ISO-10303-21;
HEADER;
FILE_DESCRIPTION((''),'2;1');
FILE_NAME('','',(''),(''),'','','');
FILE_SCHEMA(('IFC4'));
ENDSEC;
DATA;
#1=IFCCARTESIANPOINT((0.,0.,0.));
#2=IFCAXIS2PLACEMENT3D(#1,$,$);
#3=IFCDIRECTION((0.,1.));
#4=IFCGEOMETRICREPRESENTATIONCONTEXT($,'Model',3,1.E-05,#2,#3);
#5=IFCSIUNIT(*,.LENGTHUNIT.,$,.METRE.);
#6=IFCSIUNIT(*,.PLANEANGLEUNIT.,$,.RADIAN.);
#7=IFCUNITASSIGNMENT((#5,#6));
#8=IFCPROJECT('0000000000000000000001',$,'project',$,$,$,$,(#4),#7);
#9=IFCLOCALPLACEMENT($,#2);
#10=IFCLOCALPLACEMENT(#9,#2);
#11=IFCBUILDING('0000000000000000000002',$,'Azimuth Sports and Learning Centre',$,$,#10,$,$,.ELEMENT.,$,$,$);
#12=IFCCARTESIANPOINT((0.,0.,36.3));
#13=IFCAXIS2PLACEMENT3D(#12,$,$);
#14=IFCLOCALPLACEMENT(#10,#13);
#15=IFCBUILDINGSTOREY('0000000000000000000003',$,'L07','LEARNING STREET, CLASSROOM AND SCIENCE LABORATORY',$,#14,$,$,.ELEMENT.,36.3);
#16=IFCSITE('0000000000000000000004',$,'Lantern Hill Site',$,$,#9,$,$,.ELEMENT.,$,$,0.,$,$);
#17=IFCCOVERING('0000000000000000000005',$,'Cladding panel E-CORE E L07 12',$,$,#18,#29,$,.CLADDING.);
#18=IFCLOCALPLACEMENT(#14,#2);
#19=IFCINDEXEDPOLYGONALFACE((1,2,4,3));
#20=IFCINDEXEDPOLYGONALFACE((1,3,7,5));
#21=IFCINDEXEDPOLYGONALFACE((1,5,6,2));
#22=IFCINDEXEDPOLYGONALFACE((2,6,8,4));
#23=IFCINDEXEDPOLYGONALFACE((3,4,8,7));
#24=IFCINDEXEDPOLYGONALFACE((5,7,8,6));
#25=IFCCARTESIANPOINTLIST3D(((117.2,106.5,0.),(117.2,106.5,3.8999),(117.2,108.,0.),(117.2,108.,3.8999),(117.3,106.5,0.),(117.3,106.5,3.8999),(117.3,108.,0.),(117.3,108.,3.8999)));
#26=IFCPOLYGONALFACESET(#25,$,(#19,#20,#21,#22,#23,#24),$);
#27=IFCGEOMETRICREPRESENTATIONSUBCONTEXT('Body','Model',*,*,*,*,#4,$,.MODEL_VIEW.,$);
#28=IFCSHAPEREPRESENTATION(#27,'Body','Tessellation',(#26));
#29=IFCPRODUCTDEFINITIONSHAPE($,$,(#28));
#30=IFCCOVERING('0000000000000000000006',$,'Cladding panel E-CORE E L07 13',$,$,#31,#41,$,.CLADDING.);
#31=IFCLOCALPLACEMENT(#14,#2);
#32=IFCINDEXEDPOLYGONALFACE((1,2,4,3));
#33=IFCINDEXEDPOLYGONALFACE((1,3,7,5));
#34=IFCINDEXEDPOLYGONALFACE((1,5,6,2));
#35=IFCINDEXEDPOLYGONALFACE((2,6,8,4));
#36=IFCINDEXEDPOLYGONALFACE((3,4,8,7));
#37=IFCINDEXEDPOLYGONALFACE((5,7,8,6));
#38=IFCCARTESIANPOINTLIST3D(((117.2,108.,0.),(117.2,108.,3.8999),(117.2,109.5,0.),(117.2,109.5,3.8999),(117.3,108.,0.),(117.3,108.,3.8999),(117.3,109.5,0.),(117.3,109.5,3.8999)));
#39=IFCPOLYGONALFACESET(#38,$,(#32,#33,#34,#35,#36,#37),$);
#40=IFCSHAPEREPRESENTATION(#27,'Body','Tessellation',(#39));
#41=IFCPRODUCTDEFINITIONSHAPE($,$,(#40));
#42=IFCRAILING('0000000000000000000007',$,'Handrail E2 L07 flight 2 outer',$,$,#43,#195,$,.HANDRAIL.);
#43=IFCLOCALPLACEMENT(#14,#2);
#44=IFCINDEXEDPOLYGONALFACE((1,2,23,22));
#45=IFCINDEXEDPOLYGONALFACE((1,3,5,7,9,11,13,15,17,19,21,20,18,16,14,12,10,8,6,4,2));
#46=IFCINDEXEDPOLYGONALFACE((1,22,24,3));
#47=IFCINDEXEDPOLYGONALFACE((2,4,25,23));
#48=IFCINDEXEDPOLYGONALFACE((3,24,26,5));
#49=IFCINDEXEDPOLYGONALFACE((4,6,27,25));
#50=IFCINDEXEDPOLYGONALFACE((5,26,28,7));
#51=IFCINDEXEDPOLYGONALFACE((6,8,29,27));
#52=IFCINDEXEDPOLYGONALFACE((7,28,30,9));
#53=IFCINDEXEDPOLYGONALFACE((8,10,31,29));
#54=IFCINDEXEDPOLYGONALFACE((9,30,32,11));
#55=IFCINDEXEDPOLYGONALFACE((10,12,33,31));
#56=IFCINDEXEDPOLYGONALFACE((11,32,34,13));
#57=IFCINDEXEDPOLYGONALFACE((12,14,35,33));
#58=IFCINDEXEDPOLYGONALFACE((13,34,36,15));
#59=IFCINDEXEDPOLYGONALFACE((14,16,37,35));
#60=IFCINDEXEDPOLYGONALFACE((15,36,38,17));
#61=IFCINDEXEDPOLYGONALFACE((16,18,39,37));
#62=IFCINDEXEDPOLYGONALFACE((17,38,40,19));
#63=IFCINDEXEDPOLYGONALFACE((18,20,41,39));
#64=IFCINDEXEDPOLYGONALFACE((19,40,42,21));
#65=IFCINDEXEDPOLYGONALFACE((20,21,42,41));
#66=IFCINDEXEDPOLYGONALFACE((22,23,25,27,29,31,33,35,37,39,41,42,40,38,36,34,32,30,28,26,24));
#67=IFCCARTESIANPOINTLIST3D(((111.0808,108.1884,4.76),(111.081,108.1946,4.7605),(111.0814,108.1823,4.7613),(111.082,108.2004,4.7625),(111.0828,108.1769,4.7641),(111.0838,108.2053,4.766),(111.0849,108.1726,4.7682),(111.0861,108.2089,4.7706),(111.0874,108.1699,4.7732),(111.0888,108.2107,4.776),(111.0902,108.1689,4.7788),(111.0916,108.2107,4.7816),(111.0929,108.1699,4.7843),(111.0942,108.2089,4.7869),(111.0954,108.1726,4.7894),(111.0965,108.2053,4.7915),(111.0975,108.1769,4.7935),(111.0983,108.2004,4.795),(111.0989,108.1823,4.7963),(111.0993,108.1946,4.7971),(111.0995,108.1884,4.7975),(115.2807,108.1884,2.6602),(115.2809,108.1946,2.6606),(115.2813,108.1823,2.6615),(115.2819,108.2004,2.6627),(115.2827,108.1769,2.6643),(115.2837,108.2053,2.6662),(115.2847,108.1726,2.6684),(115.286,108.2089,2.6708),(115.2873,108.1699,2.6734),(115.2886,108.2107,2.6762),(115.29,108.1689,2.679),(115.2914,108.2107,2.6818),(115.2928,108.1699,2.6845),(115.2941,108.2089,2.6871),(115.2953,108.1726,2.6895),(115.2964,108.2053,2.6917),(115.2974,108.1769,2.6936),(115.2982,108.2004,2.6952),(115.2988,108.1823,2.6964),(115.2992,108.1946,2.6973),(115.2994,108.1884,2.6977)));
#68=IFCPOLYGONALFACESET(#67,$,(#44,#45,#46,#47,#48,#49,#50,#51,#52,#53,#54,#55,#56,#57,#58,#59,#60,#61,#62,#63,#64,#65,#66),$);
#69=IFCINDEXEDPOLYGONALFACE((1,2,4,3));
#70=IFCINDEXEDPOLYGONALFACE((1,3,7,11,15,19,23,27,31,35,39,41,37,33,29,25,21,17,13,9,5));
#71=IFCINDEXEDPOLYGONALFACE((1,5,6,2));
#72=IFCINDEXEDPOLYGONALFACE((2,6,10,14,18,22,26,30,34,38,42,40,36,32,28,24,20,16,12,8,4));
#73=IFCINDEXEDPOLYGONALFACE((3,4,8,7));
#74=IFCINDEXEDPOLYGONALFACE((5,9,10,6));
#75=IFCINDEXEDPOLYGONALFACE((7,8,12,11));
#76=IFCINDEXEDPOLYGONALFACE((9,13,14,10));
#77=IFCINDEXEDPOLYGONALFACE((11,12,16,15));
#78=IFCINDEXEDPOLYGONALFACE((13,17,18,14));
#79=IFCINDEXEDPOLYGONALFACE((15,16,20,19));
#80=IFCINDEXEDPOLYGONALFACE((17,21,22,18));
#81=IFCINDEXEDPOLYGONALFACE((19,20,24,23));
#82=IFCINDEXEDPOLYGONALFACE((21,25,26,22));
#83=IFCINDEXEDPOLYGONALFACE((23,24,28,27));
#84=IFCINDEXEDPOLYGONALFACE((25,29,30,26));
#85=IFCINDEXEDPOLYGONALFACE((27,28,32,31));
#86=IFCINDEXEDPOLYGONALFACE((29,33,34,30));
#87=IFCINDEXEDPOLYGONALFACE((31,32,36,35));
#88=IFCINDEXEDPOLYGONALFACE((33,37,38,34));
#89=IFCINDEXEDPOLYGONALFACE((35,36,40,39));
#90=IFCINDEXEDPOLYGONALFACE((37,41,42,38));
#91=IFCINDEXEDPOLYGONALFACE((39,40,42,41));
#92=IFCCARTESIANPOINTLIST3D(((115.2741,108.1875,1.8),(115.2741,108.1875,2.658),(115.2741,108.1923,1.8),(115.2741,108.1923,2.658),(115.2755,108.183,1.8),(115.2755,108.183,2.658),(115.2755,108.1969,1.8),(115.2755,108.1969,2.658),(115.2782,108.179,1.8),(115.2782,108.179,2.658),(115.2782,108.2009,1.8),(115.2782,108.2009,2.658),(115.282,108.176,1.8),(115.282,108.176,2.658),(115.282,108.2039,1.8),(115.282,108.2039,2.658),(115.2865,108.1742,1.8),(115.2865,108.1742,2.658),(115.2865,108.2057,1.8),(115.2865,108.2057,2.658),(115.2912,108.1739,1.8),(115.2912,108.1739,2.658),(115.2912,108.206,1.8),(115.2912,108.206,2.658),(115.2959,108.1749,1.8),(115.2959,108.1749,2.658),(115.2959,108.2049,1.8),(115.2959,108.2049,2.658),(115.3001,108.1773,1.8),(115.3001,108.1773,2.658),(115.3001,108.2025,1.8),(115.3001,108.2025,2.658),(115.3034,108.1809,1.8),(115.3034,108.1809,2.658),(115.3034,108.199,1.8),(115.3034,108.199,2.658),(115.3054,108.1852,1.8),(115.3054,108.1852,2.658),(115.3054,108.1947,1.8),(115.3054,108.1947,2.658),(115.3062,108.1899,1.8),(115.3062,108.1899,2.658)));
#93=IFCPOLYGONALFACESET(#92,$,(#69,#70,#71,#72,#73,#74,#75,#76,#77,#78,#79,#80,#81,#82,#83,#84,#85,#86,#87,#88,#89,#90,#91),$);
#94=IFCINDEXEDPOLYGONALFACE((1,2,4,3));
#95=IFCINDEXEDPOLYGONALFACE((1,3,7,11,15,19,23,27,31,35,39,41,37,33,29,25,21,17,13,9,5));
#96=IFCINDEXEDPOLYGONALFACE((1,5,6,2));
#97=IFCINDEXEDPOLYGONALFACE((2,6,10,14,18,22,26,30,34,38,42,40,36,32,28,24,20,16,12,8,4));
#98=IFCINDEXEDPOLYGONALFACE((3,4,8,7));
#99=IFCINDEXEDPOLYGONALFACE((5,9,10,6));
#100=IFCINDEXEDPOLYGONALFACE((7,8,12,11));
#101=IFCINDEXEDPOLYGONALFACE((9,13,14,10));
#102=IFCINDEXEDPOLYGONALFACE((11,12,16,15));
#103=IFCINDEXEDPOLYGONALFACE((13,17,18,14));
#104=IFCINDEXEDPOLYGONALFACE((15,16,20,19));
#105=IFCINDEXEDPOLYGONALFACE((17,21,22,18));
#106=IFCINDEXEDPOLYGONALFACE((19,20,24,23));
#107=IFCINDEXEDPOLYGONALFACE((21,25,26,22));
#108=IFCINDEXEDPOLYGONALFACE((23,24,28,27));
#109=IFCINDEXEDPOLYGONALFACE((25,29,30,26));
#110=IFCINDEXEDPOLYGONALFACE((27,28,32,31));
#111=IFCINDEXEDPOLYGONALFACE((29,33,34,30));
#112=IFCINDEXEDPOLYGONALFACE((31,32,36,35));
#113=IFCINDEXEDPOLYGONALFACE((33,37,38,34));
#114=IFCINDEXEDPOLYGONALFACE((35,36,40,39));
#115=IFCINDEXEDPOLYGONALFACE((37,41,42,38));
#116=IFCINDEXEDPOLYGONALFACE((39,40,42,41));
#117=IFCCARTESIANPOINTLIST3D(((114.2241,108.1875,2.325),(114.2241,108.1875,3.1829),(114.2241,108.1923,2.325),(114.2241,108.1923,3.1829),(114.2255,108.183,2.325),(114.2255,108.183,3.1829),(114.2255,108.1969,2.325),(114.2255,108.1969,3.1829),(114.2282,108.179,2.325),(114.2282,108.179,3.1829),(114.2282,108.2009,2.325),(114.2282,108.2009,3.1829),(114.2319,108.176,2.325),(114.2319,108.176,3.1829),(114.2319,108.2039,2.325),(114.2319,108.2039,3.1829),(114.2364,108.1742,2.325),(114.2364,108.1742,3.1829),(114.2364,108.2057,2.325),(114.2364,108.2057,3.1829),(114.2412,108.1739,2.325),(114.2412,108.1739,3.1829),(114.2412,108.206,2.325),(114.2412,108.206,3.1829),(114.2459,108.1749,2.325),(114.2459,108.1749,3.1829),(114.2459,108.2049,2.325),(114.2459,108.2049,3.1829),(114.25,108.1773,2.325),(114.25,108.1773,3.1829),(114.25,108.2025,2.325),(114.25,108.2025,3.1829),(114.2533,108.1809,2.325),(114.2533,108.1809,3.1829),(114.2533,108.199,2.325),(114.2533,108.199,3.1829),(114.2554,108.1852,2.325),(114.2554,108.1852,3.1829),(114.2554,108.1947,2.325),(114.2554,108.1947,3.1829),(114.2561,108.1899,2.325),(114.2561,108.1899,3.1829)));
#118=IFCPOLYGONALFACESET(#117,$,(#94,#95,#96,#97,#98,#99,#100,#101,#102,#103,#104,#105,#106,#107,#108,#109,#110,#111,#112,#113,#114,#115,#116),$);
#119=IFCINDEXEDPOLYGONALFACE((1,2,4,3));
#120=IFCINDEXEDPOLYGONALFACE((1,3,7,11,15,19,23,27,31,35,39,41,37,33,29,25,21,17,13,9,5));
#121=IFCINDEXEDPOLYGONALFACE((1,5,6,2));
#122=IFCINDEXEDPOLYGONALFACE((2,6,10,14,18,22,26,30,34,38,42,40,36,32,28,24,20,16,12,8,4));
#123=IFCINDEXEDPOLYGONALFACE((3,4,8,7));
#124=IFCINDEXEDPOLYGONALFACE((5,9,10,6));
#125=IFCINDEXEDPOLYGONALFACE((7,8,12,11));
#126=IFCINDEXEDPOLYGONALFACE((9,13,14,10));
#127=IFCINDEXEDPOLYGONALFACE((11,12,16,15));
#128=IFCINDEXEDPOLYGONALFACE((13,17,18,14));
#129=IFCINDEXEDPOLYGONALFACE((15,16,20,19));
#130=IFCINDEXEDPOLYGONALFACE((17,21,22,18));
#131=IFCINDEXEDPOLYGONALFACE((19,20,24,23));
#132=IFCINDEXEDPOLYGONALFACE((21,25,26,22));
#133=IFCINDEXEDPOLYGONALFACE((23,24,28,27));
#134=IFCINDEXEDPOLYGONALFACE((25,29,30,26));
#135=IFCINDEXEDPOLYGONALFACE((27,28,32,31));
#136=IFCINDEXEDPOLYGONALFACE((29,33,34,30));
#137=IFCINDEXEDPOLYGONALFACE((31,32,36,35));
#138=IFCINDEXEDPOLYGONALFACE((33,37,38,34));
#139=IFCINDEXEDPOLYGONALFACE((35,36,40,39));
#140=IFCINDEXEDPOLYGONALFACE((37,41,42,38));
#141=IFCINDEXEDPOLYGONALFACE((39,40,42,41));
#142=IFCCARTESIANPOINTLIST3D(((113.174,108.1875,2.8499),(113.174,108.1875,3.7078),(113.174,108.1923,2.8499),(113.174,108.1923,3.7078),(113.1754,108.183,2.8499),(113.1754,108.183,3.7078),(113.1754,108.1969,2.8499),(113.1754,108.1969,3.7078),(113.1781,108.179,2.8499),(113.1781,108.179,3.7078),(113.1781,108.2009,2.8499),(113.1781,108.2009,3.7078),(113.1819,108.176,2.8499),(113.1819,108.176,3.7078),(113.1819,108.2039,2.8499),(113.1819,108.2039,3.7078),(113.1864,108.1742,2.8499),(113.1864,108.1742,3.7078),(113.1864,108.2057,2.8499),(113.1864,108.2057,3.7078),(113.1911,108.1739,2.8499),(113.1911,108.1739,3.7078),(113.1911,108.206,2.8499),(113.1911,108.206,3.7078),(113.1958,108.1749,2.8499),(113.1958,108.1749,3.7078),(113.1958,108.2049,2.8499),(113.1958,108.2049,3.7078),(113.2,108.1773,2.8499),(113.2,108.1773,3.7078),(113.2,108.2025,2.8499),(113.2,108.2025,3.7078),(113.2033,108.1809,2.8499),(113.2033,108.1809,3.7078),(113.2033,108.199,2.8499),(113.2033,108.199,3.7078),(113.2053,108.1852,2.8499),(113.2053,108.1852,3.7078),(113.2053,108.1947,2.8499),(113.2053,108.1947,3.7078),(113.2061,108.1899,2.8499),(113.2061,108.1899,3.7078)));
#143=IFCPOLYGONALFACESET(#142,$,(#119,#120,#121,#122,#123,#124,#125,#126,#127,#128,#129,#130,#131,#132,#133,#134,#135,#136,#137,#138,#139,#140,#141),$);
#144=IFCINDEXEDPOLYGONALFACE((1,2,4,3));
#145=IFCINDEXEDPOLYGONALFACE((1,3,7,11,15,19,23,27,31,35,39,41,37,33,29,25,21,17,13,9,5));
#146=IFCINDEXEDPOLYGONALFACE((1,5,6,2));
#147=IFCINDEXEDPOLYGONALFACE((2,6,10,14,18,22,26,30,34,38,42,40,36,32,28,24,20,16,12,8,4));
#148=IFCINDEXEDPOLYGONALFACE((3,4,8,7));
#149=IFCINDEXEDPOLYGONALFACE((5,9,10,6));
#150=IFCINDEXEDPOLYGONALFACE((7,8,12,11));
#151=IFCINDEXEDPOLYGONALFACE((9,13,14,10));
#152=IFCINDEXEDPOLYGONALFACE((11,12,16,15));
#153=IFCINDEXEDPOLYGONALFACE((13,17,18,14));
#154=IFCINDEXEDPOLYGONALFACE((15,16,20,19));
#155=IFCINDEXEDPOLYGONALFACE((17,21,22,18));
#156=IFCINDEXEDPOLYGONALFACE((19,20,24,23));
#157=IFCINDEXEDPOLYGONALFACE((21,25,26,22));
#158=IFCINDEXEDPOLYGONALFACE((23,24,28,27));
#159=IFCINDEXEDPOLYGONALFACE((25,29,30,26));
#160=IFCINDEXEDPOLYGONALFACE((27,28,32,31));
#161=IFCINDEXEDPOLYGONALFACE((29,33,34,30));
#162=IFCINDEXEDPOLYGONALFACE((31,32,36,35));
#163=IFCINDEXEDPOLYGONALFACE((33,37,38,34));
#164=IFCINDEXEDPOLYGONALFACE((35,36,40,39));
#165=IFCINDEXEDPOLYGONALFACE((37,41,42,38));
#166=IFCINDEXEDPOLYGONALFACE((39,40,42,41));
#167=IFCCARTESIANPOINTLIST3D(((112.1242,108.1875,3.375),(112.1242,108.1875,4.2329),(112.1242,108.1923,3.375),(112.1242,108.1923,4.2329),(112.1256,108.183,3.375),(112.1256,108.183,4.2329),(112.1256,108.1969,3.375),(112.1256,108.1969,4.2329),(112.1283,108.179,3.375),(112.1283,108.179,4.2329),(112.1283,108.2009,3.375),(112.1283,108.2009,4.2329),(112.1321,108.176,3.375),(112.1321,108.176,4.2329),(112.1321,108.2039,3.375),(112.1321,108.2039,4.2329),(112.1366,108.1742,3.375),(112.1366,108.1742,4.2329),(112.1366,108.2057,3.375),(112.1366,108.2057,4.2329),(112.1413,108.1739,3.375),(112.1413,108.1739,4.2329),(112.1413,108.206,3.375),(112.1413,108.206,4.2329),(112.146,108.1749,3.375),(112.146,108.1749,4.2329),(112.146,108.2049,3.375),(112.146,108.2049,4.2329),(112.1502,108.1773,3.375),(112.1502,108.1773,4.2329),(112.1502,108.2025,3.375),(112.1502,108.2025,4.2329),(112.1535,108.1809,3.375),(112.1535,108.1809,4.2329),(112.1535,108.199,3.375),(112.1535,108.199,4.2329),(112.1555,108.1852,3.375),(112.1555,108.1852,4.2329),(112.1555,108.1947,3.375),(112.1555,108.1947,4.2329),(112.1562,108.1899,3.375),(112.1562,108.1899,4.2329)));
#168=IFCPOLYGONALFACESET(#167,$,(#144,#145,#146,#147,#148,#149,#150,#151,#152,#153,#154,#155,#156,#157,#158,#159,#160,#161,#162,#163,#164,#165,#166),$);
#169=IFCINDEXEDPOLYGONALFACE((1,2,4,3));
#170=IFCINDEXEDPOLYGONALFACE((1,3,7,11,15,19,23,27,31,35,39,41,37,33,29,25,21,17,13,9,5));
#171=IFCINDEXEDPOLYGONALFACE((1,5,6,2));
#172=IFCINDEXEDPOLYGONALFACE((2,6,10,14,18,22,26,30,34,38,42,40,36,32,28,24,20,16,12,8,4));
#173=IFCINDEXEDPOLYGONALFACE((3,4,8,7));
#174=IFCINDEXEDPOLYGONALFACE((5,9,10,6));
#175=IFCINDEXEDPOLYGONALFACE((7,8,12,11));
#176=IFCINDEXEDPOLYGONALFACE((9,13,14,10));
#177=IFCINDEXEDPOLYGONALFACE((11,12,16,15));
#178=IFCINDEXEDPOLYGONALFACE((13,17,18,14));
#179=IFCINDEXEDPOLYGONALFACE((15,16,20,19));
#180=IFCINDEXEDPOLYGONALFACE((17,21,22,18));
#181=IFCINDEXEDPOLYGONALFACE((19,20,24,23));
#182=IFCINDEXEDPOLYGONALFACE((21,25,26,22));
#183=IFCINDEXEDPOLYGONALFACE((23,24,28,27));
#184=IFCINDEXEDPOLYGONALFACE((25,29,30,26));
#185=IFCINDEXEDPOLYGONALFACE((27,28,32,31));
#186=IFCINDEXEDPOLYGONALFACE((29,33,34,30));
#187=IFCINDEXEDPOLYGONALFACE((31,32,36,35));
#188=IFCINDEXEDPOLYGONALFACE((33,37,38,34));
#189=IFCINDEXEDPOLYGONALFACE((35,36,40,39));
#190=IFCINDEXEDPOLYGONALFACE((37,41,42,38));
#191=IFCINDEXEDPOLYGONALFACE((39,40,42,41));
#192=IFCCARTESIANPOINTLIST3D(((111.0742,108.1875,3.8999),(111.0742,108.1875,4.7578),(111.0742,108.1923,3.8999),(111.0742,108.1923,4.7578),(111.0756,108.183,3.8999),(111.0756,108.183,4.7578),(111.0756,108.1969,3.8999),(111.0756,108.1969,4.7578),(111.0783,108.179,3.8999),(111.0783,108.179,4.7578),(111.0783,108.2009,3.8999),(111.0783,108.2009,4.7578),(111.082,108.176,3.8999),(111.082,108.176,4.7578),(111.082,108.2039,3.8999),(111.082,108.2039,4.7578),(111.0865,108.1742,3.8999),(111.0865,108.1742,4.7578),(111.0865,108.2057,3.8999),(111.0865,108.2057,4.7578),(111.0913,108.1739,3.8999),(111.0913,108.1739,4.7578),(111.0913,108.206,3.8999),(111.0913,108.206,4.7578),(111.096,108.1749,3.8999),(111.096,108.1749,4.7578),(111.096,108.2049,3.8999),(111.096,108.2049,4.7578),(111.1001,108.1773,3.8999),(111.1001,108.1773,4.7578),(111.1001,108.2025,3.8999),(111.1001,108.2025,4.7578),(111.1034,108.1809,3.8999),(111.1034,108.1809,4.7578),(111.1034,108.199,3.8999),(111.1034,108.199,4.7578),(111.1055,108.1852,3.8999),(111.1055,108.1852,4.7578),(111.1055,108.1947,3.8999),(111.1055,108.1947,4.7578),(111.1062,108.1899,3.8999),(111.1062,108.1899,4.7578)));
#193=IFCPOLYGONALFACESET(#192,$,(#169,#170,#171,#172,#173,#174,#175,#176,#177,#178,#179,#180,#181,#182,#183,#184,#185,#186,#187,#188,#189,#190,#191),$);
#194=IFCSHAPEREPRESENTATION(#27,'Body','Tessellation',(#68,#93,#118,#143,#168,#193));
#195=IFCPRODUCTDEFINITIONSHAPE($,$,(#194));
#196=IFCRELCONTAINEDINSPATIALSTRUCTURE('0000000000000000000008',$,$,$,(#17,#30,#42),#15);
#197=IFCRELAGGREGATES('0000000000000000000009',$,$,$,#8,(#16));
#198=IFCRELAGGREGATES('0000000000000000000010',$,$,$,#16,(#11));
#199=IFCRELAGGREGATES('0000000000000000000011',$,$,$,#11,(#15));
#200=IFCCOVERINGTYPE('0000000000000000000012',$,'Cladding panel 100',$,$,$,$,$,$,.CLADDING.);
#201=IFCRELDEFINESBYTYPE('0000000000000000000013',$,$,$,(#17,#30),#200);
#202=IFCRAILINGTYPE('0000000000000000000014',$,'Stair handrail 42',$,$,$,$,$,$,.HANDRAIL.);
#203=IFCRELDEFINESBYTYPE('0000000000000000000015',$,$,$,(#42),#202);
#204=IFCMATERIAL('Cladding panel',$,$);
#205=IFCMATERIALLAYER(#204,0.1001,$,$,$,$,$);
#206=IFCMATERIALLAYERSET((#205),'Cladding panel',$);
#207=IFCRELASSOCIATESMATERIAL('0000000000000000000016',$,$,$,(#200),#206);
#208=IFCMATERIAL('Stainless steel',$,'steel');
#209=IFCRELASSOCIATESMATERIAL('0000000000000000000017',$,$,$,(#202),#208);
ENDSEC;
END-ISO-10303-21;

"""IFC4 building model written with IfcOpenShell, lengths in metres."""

from ifc_helpers import new_model, si_unit, direction, frame, origin, origin_2d, place, context, subcontext, project, spatial, rectangle, circle, extrude, material, layer, layer_set, type_object, element, save


model = new_model("IFC4")

# Units and contexts
model_context = context("Model", 3, precision=1e-05, world=origin(), true_north=direction((0.0, 1.0)))
body_context = subcontext(model_context, "Body", "Model", "MODEL_VIEW")
ifc_project = project(units=[si_unit("LENGTHUNIT", "METRE"), si_unit("PLANEANGLEUNIT", "RADIAN")], contexts=[model_context])

# Site, building, storey
site_placement = place(None, origin())
site = spatial("IfcSite", under=ifc_project, at=site_placement, Name="Lantern Hill Site", CompositionType="ELEMENT", RefElevation=0.0)
building_placement = place(site_placement, origin())
building = spatial("IfcBuilding", under=site, at=building_placement, Name="Azimuth Sports and Learning Centre", CompositionType="ELEMENT")
storey_placement = place(building_placement, frame((0.0, 0.0, 36.3)))
storey = spatial("IfcBuildingStorey", under=building, at=storey_placement, Name="L07", Description="LEARNING STREET, CLASSROOM AND SCIENCE LABORATORY", CompositionType="ELEMENT", Elevation=36.3)

# Coverings
ifc_material_1 = material(Name="Cladding panel")
ifc_layer_1 = layer(ifc_material_1, 0.1001)
ifc_layer_set_1 = layer_set([ifc_layer_1], Name="Cladding panel")
covering_type = type_object("IfcCoveringType", Name="Cladding panel 100", PredefinedType="CLADDING", material=ifc_layer_set_1)
for number, where, z_axis, x_axis, name in (
    (1, (117.25, 107.25, 0.0), (0.0, 0.0, 1.0), (0.0, 1.0, 0.0), "Cladding panel E-CORE E L07 12"),
    (2, (117.25, 108.75, 0.0), (0.0, 0.0, 1.0), (0.0, 1.0, 0.0), "Cladding panel E-CORE E L07 13"),
):
    element("IfcCovering", number, at=place(storey_placement, frame(where, z_axis=z_axis, x_axis=x_axis)), inside=storey, type_object=covering_type, Name=name, PredefinedType="CLADDING", context=body_context, shape_type="SweptSolid", body=[
        extrude(rectangle(XDim=1.5, YDim=0.1001, at=origin_2d()), origin(), (0.0, 0.0, 1.0), 3.8999),
    ])

# Railing
ifc_material_2 = material(Name="Stainless steel", Category="steel")
railing_type = type_object("IfcRailingType", Name="Stair handrail 42", PredefinedType="HANDRAIL", material=ifc_material_2)
railing_placement = place(storey_placement, frame((115.29, 108.1899, 1.8)))
element("IfcRailing", 3, at=railing_placement, inside=storey, type_object=railing_type, Name="Handrail E2 L07 flight 2 outer", PredefinedType="HANDRAIL", context=body_context, shape_type="SweptSolid", body=[
    extrude(circle(Radius=0.021, at=origin_2d()), frame((0.0, 0.0, 0.8789), z_axis=(-0.894438, 0.0, 0.447193), x_axis=(0.0, -1.0, 0.0)), (0.0, 0.0, 1.0), 4.6956),
    extrude(circle(Radius=0.0161, at=origin_2d()), origin(), (0.0, 0.0, 1.0), 0.8579),
    extrude(circle(Radius=0.0161, at=origin_2d()), frame((-1.05, 0.0, 0.5249)), (0.0, 0.0, 1.0), 0.8579),
    extrude(circle(Radius=0.0161, at=origin_2d()), frame((-2.1001, 0.0, 1.0498)), (0.0, 0.0, 1.0), 0.8579),
    extrude(circle(Radius=0.0161, at=origin_2d()), frame((-3.1499, 0.0, 1.575)), (0.0, 0.0, 1.0), 0.8579),
    extrude(circle(Radius=0.0161, at=origin_2d()), frame((-4.2, 0.0, 2.0999)), (0.0, 0.0, 1.0), 0.8579),
])

save(model, "model.ifc")
